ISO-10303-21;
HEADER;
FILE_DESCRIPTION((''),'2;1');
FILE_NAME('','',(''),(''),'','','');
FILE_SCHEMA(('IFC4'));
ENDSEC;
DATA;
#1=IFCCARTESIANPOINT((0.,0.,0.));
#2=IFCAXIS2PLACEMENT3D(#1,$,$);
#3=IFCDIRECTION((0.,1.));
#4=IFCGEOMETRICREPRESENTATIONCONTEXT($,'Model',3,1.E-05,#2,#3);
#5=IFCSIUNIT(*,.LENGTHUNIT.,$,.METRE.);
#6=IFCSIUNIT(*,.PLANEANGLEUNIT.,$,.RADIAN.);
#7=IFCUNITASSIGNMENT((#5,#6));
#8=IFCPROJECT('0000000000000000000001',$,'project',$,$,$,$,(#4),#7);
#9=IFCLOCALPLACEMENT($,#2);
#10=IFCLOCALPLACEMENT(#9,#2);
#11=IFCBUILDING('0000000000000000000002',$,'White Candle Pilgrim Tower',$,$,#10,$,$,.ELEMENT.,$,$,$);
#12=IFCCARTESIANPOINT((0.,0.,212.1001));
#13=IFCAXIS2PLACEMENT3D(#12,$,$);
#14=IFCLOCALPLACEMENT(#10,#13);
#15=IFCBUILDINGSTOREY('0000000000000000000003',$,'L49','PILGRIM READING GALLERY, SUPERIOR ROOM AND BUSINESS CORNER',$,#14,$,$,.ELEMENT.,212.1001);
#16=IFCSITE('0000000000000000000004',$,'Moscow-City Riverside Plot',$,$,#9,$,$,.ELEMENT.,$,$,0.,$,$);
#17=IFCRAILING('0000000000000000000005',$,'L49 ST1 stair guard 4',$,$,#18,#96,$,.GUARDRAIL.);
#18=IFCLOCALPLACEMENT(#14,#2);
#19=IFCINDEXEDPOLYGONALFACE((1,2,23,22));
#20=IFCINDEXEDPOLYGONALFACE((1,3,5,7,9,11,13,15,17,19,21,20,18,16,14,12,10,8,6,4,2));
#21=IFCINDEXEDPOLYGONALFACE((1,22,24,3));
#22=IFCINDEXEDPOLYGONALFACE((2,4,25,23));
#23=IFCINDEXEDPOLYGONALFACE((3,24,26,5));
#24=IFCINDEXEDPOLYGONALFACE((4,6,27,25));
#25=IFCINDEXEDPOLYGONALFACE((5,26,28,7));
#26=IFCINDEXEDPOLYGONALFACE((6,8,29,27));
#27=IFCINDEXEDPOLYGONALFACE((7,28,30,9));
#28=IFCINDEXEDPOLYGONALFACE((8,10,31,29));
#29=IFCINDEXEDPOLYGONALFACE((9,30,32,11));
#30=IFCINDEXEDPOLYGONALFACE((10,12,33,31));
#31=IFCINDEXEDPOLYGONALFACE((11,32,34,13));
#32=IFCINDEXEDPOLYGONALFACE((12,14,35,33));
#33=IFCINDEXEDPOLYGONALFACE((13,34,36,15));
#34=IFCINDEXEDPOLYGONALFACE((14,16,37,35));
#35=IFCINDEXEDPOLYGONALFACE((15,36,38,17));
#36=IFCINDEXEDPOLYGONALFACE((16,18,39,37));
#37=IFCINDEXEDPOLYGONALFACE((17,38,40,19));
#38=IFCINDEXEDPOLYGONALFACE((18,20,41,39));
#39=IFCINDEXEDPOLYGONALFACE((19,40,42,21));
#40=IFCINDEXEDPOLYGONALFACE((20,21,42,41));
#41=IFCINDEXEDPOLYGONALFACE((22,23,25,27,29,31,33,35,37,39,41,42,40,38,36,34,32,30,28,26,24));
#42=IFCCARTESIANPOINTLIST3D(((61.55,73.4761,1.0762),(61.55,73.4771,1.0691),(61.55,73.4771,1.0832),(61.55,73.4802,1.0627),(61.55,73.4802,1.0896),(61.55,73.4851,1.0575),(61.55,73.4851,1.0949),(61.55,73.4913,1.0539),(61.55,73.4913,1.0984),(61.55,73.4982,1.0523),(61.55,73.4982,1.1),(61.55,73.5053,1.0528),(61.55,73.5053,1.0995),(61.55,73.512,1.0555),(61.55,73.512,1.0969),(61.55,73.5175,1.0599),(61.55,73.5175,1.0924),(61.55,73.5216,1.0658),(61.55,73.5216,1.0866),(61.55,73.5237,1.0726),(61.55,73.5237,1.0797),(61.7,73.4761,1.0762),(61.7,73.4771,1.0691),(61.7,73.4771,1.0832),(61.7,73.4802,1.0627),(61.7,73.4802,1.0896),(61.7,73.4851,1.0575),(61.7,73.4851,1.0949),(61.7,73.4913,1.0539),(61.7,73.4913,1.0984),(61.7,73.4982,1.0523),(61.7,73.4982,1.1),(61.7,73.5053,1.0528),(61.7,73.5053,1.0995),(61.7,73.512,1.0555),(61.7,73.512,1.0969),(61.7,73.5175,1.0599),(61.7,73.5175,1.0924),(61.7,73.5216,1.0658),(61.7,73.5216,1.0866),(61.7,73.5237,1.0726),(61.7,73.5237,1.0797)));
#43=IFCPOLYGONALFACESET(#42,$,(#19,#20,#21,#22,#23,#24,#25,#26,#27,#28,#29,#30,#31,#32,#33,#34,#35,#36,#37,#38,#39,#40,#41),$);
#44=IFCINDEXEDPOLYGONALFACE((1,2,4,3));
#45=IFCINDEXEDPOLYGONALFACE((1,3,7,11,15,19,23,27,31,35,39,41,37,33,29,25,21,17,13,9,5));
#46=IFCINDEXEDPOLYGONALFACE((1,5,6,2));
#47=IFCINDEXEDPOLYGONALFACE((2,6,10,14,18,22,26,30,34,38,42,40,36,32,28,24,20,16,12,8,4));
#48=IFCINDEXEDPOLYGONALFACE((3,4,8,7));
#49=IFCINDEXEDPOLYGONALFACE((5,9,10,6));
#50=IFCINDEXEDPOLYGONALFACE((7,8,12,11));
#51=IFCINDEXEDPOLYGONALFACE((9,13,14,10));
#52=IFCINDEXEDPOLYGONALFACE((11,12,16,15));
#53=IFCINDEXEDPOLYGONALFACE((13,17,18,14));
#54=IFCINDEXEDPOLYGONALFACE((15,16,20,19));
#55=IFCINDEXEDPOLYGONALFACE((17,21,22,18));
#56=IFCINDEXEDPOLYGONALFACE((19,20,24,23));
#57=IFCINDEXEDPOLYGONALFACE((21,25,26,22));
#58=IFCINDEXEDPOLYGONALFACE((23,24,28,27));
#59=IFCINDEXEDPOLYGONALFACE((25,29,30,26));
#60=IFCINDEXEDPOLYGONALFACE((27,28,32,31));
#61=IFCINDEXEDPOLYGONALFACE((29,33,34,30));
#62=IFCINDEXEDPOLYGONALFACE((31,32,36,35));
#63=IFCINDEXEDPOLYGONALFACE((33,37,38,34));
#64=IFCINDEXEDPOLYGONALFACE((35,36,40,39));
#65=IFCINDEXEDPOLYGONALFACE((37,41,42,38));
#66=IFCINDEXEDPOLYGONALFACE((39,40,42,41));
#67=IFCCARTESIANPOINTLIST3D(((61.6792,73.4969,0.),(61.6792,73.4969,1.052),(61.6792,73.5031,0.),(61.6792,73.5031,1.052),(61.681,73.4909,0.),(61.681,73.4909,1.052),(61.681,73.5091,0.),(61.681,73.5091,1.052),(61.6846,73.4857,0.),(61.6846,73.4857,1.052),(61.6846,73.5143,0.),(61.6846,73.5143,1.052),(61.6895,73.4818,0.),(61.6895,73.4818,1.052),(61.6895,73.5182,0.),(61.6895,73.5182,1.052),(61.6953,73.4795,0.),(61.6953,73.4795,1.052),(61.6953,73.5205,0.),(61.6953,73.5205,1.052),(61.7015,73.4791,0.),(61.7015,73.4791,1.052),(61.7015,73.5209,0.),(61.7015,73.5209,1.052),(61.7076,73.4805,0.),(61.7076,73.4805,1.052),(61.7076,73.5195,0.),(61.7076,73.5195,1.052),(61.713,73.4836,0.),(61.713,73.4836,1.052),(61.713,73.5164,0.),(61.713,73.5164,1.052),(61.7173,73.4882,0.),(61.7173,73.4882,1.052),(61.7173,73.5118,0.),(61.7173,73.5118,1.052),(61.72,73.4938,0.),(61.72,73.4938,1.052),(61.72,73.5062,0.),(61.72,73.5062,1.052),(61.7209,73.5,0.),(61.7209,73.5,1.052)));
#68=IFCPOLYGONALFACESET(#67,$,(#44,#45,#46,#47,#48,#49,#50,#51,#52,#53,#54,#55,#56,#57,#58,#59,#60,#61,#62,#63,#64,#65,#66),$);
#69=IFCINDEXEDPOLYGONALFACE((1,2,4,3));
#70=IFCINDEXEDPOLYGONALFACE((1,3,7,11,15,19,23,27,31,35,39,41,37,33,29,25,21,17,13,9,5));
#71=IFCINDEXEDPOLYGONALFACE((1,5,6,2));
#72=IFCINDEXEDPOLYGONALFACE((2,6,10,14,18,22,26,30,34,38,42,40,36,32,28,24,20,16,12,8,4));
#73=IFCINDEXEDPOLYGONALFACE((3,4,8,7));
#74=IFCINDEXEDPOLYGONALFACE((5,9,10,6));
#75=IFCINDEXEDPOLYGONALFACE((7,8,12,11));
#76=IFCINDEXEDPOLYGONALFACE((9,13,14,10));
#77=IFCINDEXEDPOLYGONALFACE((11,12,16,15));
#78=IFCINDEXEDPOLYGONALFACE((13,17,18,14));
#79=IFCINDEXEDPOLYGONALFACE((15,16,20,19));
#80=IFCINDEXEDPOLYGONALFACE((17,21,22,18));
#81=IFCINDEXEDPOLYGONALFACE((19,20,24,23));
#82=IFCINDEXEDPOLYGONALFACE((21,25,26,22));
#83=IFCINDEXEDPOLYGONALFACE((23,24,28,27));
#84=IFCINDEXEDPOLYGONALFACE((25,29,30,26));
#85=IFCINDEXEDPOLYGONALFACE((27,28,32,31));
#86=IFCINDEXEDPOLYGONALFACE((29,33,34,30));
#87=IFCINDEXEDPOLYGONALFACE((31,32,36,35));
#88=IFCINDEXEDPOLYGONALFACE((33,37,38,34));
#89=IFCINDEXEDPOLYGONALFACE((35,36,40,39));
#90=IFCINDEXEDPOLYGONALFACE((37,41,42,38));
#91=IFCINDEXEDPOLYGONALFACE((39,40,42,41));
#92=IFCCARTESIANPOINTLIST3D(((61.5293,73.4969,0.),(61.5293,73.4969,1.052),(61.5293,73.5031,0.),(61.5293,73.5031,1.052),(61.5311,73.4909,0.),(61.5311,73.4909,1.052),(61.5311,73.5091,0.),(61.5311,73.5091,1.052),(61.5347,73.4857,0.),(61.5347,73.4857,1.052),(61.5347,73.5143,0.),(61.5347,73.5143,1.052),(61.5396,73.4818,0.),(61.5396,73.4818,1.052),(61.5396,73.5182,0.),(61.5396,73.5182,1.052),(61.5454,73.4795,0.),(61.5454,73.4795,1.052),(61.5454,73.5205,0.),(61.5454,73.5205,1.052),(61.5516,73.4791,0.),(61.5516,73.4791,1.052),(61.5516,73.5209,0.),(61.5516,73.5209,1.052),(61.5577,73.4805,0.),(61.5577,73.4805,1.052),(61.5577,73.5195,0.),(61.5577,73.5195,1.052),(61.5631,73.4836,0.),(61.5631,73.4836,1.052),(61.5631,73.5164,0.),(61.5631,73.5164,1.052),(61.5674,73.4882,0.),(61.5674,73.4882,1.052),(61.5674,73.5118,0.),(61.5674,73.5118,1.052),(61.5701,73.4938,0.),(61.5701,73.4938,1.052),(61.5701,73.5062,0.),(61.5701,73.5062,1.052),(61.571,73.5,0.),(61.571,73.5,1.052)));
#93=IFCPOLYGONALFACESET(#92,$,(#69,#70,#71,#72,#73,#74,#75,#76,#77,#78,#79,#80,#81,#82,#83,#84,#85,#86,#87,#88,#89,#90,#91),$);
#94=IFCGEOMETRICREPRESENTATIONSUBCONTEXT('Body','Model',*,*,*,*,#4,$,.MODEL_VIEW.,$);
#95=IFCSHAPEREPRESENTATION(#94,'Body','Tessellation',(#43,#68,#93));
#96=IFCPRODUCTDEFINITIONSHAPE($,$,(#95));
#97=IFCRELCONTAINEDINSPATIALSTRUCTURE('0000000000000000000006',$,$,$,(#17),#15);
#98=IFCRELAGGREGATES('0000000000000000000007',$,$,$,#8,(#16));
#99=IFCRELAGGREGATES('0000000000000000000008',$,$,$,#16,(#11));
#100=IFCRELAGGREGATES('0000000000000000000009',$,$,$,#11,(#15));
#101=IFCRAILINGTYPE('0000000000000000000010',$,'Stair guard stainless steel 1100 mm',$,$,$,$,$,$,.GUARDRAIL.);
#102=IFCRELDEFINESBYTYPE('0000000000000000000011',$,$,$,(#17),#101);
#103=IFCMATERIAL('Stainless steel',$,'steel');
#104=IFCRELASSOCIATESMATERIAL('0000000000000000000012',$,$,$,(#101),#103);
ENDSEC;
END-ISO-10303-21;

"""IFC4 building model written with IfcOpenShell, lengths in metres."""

from ifc_helpers import new_model, si_unit, direction, frame, origin, origin_2d, place, context, subcontext, project, spatial, circle, extrude, material, type_object, element, save


model = new_model("IFC4")

# Units and contexts
model_context = context("Model", 3, precision=1e-05, world=origin(), true_north=direction((0.0, 1.0)))
body_context = subcontext(model_context, "Body", "Model", "MODEL_VIEW")
ifc_project = project(units=[si_unit("LENGTHUNIT", "METRE"), si_unit("PLANEANGLEUNIT", "RADIAN")], contexts=[model_context])

# Site, building, storey
site_placement = place(None, origin())
site = spatial("IfcSite", under=ifc_project, at=site_placement, Name="Moscow-City Riverside Plot", CompositionType="ELEMENT", RefElevation=0.0)
building_placement = place(site_placement, origin())
building = spatial("IfcBuilding", under=site, at=building_placement, Name="White Candle Pilgrim Tower", CompositionType="ELEMENT")
storey_placement = place(building_placement, frame((0.0, 0.0, 212.1001)))
storey = spatial("IfcBuildingStorey", under=building, at=storey_placement, Name="L49", Description="PILGRIM READING GALLERY, SUPERIOR ROOM AND BUSINESS CORNER", CompositionType="ELEMENT", Elevation=212.1001)

# Railing
ifc_material_1 = material(Name="Stainless steel", Category="steel")
railing_type_1 = type_object("IfcRailingType", Name="Stair guard stainless steel 1100 mm", PredefinedType="GUARDRAIL", material=ifc_material_1)
railing_1_placement = place(storey_placement, frame((61.7, 73.5, 0.0)))
element("IfcRailing", 1, at=railing_1_placement, inside=storey, type_object=railing_type_1, Name="L49 ST1 stair guard 4", PredefinedType="GUARDRAIL", context=body_context, shape_type="SweptSolid", body=[
    extrude(circle(Radius=0.0239, at=origin_2d()), frame((0.0, 0.0, 1.0762), z_axis=(-1.0, 0.0, 0.0), x_axis=(0.0, -1.0, 0.0)), (0.0, 0.0, 1.0), 0.1499),
    extrude(circle(Radius=0.021, at=origin_2d()), origin(), (0.0, 0.0, 1.0), 1.052),
    extrude(circle(Radius=0.021, at=origin_2d()), frame((-0.1499, 0.0, 0.0)), (0.0, 0.0, 1.0), 1.052),
])

save(model, "model.ifc")
